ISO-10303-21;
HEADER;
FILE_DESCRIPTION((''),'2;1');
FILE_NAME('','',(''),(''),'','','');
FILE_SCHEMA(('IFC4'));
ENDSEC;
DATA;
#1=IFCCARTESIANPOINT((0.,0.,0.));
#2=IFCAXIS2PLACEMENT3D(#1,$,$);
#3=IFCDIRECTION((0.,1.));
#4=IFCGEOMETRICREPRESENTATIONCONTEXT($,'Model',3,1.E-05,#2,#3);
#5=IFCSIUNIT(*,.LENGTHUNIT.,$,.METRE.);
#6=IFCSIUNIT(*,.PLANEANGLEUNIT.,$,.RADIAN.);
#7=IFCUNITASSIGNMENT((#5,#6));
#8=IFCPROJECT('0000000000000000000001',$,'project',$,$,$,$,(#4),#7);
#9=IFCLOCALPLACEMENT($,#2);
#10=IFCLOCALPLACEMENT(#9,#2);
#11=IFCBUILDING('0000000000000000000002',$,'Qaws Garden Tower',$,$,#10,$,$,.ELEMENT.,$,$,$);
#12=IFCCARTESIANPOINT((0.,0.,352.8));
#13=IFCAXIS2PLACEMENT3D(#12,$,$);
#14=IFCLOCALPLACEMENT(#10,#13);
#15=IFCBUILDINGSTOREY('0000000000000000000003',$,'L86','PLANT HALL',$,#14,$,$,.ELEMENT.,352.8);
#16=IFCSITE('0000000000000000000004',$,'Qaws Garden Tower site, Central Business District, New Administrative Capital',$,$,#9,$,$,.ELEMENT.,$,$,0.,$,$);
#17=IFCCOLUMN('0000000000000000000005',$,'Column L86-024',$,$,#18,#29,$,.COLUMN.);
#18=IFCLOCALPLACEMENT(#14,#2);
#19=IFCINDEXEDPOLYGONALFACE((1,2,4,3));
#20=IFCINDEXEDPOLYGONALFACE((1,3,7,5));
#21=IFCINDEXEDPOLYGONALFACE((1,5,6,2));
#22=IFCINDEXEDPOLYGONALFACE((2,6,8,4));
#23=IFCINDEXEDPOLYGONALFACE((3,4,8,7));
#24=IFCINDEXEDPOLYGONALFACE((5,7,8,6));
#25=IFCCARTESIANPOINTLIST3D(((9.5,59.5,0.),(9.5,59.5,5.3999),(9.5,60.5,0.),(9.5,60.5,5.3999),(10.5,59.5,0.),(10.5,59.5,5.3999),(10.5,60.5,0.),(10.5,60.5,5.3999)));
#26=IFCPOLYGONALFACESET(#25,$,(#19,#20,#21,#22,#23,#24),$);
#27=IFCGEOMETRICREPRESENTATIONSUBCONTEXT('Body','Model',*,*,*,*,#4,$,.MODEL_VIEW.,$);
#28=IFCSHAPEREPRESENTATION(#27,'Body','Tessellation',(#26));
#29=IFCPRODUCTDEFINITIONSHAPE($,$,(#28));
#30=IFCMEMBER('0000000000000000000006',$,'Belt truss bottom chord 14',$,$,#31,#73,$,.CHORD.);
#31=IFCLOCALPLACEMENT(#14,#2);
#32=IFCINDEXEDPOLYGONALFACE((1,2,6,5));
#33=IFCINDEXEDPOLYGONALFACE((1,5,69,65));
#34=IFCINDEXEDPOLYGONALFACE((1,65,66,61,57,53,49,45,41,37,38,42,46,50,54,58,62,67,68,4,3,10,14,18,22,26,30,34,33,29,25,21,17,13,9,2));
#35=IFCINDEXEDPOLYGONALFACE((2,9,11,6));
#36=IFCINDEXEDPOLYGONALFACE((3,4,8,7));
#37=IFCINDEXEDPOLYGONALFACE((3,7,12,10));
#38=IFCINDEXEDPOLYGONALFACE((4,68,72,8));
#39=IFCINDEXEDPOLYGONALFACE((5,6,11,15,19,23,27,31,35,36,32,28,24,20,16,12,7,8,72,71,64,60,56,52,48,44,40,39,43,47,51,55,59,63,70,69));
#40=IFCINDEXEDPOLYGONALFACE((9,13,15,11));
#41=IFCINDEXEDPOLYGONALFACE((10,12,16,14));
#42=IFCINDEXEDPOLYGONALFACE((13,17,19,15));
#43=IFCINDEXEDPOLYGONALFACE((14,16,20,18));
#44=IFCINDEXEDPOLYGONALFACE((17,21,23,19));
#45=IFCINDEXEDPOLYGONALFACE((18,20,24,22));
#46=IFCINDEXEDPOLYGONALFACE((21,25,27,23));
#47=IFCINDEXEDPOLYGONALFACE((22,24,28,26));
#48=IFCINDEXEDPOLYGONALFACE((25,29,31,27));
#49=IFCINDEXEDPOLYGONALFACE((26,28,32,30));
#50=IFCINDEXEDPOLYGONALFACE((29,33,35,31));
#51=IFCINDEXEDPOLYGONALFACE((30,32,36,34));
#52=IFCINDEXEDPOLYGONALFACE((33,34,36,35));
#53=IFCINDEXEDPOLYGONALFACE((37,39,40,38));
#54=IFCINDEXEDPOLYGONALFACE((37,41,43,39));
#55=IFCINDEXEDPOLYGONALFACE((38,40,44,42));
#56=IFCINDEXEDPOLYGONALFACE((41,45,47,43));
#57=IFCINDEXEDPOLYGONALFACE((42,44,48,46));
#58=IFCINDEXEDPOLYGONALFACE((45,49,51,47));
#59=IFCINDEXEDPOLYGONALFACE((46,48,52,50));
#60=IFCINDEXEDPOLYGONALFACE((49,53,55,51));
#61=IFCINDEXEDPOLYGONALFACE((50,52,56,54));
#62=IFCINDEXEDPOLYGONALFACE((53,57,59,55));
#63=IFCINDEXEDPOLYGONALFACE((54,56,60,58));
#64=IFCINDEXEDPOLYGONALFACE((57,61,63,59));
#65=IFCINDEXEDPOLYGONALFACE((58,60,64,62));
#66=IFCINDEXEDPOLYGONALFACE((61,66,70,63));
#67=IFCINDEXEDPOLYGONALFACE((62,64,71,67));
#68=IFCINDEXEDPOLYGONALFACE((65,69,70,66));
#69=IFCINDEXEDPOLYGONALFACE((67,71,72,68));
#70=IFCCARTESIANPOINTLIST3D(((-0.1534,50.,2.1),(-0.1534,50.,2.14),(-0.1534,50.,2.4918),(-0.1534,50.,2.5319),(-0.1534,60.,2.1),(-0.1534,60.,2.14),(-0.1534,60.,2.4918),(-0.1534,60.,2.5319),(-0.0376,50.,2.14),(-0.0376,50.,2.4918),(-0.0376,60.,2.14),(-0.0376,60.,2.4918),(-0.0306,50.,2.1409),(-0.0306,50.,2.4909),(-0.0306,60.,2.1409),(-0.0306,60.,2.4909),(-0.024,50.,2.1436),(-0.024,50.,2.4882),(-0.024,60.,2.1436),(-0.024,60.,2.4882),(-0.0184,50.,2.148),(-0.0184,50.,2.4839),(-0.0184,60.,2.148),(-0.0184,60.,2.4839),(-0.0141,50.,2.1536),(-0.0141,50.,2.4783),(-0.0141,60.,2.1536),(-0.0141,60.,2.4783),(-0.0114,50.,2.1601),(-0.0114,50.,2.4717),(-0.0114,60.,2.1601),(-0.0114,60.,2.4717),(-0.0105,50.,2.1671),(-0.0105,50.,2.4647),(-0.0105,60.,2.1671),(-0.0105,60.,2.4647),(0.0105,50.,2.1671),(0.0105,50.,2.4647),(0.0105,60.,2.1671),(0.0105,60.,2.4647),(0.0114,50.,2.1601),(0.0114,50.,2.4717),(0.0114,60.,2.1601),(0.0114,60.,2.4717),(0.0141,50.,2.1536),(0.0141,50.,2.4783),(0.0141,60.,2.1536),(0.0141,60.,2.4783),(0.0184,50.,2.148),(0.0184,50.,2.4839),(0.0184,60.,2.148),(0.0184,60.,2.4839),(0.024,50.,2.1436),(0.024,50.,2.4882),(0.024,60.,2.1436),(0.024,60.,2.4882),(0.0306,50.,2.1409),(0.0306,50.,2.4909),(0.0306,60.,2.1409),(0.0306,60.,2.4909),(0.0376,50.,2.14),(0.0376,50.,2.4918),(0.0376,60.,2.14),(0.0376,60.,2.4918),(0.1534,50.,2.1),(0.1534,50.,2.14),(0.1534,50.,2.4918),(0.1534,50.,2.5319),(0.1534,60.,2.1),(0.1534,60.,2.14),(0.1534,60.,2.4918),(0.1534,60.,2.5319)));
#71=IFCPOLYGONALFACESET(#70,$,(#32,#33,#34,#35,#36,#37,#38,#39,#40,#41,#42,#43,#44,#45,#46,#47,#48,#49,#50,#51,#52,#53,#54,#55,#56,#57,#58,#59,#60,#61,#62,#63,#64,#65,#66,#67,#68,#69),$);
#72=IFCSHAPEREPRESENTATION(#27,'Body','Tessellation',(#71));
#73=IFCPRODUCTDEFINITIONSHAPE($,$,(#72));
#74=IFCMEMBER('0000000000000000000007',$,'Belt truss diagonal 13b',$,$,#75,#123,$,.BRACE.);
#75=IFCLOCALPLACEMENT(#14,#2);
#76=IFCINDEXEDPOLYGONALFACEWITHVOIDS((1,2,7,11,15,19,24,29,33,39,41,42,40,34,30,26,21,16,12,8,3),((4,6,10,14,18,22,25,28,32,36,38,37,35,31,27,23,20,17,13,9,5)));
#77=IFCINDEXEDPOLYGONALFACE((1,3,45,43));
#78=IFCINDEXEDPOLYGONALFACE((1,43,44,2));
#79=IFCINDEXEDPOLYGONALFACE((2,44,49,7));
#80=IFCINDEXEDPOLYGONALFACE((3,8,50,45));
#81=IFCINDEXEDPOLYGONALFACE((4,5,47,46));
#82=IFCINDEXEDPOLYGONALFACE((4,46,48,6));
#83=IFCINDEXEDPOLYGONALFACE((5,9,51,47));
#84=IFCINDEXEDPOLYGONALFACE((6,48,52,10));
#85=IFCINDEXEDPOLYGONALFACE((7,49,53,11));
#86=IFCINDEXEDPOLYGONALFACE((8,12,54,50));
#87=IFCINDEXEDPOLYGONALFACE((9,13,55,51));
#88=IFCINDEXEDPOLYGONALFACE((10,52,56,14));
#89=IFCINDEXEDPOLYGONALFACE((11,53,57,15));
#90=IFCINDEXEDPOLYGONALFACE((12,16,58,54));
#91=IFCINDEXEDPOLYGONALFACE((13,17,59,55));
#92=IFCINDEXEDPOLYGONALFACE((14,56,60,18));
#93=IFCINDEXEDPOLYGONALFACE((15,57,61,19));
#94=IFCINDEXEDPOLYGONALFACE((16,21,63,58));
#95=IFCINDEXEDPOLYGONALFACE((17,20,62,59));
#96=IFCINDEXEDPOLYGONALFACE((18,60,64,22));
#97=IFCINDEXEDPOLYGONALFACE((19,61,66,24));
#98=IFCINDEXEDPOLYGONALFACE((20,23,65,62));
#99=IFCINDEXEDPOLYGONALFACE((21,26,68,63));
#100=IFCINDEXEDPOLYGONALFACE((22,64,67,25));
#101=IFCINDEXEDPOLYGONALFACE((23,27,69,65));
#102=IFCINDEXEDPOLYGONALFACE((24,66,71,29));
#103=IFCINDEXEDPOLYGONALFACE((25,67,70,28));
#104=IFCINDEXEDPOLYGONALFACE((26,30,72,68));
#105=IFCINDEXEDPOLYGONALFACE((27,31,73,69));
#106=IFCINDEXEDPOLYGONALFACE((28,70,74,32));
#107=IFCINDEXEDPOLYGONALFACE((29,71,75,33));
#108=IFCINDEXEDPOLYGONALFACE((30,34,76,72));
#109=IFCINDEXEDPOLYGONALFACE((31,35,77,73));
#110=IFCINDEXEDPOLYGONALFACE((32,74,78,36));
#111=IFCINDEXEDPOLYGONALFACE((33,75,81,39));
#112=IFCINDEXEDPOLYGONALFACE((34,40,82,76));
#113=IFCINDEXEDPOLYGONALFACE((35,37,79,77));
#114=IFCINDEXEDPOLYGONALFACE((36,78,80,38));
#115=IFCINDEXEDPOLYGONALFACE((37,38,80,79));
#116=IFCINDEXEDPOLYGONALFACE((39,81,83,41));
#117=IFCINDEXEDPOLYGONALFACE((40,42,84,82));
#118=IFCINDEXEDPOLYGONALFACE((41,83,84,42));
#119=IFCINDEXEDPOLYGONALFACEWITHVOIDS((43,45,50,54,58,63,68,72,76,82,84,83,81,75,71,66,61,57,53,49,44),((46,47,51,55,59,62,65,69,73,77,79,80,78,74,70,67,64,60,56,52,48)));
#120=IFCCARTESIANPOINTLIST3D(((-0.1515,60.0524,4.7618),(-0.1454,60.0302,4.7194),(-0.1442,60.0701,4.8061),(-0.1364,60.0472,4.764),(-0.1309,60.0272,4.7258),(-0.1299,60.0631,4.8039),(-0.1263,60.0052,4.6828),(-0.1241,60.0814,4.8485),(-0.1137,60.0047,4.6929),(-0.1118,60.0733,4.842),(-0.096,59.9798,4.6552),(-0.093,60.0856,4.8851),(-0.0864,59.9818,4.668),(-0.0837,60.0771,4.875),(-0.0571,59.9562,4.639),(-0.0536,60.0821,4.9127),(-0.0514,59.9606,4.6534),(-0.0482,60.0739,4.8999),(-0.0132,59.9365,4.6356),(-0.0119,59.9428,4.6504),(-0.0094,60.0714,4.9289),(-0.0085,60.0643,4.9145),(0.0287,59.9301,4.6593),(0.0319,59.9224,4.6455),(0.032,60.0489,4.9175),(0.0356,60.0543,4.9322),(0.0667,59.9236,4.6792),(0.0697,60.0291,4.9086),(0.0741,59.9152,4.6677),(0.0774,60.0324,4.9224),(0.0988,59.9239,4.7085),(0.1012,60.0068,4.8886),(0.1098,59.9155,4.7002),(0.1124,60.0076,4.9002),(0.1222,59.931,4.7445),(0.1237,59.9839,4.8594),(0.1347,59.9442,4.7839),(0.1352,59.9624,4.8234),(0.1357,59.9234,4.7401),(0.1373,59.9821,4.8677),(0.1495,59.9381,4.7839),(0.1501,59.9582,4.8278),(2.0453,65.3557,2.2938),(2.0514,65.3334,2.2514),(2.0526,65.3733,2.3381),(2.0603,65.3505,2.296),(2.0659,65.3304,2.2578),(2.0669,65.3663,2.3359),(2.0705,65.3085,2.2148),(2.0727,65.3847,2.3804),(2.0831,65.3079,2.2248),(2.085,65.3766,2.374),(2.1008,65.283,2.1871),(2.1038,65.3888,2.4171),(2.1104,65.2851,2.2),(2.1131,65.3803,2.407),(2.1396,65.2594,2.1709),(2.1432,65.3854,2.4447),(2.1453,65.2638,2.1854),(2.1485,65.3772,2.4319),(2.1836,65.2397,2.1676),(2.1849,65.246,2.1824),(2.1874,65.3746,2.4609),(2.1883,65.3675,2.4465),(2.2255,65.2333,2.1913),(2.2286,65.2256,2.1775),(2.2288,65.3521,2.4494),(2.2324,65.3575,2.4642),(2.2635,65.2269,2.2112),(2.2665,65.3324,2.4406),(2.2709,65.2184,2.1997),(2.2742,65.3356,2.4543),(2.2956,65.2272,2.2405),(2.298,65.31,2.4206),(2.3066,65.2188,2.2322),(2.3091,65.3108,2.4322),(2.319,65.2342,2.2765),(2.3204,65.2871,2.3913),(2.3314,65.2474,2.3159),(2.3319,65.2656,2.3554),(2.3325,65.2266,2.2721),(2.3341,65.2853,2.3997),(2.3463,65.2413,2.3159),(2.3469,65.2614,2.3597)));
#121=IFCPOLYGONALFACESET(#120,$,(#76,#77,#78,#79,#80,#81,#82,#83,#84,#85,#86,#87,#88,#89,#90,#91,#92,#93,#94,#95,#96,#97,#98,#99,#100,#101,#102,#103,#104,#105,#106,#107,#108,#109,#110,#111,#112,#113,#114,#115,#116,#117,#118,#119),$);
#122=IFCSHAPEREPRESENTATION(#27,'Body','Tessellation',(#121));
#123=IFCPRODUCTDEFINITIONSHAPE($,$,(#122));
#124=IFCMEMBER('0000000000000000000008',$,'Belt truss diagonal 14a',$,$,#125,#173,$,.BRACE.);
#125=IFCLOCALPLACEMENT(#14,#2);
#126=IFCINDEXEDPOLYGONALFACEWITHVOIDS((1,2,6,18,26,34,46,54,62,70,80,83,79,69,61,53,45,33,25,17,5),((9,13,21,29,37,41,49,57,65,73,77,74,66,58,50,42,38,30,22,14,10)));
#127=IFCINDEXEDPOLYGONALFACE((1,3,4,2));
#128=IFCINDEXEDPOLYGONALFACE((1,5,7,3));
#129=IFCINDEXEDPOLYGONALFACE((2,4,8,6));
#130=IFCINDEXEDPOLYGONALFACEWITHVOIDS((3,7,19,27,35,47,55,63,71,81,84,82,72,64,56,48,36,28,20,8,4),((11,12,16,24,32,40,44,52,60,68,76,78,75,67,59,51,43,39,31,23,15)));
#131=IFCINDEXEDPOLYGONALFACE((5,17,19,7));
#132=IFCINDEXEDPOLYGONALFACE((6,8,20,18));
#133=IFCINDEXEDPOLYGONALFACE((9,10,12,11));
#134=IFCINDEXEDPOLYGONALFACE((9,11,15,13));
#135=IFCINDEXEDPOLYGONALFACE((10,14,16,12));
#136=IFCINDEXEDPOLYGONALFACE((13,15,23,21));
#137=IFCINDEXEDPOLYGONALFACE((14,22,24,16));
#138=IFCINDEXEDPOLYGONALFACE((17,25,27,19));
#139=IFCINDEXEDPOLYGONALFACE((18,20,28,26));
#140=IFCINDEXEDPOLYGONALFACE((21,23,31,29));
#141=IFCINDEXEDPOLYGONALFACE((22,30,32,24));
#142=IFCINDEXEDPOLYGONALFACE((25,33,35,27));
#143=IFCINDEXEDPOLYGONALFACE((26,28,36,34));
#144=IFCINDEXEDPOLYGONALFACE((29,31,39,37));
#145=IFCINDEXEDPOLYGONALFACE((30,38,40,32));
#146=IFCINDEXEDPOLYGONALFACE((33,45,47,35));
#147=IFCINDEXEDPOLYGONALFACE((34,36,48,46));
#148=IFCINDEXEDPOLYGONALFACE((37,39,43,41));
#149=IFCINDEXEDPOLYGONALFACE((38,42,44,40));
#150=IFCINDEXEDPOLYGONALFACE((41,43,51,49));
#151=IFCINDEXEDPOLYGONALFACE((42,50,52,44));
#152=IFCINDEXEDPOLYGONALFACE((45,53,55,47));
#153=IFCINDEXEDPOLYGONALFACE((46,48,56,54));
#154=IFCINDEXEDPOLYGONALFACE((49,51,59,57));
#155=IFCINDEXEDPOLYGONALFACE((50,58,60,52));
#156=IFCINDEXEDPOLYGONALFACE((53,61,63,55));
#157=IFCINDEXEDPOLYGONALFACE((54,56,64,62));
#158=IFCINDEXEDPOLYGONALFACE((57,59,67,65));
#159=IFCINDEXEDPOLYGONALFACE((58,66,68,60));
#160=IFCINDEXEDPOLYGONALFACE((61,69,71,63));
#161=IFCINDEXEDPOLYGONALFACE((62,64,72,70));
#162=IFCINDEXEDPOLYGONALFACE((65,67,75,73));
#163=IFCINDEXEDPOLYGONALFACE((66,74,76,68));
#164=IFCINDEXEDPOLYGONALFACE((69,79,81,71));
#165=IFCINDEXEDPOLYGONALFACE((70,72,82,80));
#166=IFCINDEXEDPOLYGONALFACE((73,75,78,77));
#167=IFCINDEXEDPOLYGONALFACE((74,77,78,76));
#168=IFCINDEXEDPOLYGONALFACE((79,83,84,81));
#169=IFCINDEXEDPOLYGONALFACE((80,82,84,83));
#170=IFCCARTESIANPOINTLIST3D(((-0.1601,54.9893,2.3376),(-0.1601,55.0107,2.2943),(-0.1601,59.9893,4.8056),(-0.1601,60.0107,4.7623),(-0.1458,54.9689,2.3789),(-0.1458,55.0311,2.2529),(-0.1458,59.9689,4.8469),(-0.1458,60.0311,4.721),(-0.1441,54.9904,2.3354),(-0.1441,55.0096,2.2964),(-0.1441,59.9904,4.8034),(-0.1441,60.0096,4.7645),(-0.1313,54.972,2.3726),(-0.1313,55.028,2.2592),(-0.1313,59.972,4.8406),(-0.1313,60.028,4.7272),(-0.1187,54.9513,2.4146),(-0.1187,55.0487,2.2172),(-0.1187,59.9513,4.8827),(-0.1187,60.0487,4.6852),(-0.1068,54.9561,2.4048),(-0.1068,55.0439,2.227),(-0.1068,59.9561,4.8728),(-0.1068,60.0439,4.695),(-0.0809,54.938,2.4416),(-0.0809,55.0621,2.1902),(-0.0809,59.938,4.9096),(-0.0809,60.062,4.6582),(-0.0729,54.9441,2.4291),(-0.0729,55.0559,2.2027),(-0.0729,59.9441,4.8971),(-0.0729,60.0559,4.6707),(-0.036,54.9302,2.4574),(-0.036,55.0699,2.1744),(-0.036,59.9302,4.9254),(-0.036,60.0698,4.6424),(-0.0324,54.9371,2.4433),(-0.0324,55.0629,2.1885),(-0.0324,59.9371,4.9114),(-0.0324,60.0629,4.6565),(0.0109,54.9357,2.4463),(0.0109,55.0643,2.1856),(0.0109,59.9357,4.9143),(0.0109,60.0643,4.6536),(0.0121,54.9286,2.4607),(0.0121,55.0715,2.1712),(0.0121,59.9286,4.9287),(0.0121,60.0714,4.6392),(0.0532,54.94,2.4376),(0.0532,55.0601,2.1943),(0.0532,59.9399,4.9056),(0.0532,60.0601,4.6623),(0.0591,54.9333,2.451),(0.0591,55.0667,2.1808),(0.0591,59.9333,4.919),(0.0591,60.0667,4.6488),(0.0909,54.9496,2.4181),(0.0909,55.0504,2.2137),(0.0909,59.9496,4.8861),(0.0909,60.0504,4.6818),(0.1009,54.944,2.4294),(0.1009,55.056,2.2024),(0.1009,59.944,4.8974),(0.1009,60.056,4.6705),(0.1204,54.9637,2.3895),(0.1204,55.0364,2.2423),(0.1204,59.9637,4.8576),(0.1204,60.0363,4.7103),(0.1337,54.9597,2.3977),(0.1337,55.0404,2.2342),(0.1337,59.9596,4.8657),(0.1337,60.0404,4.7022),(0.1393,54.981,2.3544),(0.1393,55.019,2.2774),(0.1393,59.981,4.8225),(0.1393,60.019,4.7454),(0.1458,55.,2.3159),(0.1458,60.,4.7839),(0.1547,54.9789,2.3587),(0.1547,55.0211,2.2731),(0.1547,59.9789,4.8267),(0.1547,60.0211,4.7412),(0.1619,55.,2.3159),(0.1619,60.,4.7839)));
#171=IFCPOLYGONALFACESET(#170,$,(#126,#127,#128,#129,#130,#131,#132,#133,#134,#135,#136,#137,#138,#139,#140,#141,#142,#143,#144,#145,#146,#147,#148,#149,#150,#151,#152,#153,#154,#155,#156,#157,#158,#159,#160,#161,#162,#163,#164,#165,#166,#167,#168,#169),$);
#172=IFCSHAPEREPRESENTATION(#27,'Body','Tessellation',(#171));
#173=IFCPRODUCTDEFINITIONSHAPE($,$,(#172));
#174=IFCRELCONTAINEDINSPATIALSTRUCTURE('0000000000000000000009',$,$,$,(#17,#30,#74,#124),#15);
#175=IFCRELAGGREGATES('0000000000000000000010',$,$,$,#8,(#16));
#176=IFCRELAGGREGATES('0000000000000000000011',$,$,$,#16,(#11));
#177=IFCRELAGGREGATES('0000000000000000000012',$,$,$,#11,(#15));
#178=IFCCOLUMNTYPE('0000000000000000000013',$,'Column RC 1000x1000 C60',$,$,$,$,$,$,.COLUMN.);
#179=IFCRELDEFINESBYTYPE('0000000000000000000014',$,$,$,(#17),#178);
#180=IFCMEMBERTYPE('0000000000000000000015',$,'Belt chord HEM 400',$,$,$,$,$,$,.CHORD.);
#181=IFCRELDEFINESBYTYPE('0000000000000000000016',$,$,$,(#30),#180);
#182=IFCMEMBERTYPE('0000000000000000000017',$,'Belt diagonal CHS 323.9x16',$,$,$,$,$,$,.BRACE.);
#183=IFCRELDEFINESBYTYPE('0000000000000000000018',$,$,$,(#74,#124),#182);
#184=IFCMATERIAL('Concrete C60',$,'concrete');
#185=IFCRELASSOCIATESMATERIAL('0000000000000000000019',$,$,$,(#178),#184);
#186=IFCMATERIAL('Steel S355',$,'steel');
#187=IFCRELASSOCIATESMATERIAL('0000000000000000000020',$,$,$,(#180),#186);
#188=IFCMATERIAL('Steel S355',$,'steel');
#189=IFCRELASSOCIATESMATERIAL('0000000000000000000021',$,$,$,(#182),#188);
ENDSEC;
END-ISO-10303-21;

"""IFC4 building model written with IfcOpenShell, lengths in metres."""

from ifc_helpers import new_model, si_unit, direction, frame, origin, origin_2d, place, context, subcontext, project, spatial, rectangle, hollow_circle, i_section, extrude, material, material_profile, profile_set, type_object, element, save


model = new_model("IFC4")

# Units and contexts
model_context = context("Model", 3, precision=1e-05, world=origin(), true_north=direction((0.0, 1.0)))
body_context = subcontext(model_context, "Body", "Model", "MODEL_VIEW")
ifc_project = project(units=[si_unit("LENGTHUNIT", "METRE"), si_unit("PLANEANGLEUNIT", "RADIAN")], contexts=[model_context])

# Site, building, storey
site_placement = place(None, origin())
site = spatial("IfcSite", under=ifc_project, at=site_placement, Name="Qaws Garden Tower site, Central Business District, New Administrative Capital", CompositionType="ELEMENT", RefElevation=0.0)
building_placement = place(site_placement, origin())
building = spatial("IfcBuilding", under=site, at=building_placement, Name="Qaws Garden Tower", CompositionType="ELEMENT")
storey_placement = place(building_placement, frame((0.0, 0.0, 352.8)))
storey = spatial("IfcBuildingStorey", under=building, at=storey_placement, Name="L86", Description="PLANT HALL", CompositionType="ELEMENT", Elevation=352.8)

# Column
ifc_material_1 = material(Name="Concrete C60", Category="concrete")
ifc_material_profile_1 = material_profile(ifc_material_1, rectangle(XDim=1.0, YDim=1.0, at=origin_2d()), Name="RC 1000x1000")
ifc_profile_set_1 = profile_set([ifc_material_profile_1], Name="Concrete C60")
column_type = type_object("IfcColumnType", Name="Column RC 1000x1000 C60", PredefinedType="COLUMN", material=ifc_profile_set_1)
column_placement = place(storey_placement, frame((10.0, 60.0, 0.0), z_axis=(0.0, 0.0, 1.0), x_axis=(1.0, 0.0, 0.0)))
element("IfcColumn", 1, at=column_placement, inside=storey, type_object=column_type, Name="Column L86-024", PredefinedType="COLUMN", context=body_context, shape_type="SweptSolid", body=[
    extrude(rectangle(XDim=1.0, YDim=1.0, at=origin_2d()), origin(), (0.0, 0.0, 1.0), 5.3999),
])

# Members
ifc_material_2 = material(Name="Steel S355", Category="steel")
ifc_material_profile_2 = material_profile(ifc_material_2, i_section(OverallWidth=0.3069, OverallDepth=0.4319, WebThickness=0.021, FlangeThickness=0.04, FilletRadius=0.0271, at=origin_2d()), Name="HEM 400")
ifc_profile_set_2 = profile_set([ifc_material_profile_2], Name="Steel S355")
member_type_1 = type_object("IfcMemberType", Name="Belt chord HEM 400", PredefinedType="CHORD", material=ifc_profile_set_2)
member_1_placement = place(storey_placement, frame((0.0, 60.0, 2.3159), z_axis=(0.0, -1.0, 0.0), x_axis=(1.0, 0.0, 0.0)))
element("IfcMember", 2, at=member_1_placement, inside=storey, type_object=member_type_1, Name="Belt truss bottom chord 14", PredefinedType="CHORD", context=body_context, shape_type="SweptSolid", body=[
    extrude(i_section(OverallWidth=0.3069, OverallDepth=0.4319, WebThickness=0.021, FlangeThickness=0.04, FilletRadius=0.0271, at=origin_2d()), origin(), (0.0, 0.0, 1.0), 10.0),
])
ifc_material_3 = material(Name="Steel S355", Category="steel")
ifc_material_profile_3 = material_profile(ifc_material_3, hollow_circle(Radius=0.1619, WallThickness=0.0161, at=origin_2d()), Name="CHS 323.9x16")
ifc_profile_set_3 = profile_set([ifc_material_profile_3], Name="Steel S355")
member_type_2 = type_object("IfcMemberType", Name="Belt diagonal CHS 323.9x16", PredefinedType="BRACE", material=ifc_profile_set_3)
member_2_placement = place(storey_placement, frame((2.1968, 65.3032, 2.3159), z_axis=(-0.351581, -0.848748, 0.394991), x_axis=(0.923873, -0.3827, 0.0)))
element("IfcMember", 3, at=member_2_placement, inside=storey, type_object=member_type_2, Name="Belt truss diagonal 13b", PredefinedType="BRACE", context=body_context, shape_type="SweptSolid", body=[
    extrude(hollow_circle(Radius=0.1619, WallThickness=0.0161, at=origin_2d()), origin(), (0.0, 0.0, 1.0), 6.2483),
])
member_3_placement = place(storey_placement, frame((0.0, 60.0, 4.7839), z_axis=(0.0, -0.89671, -0.442619), x_axis=(1.0, 0.0, 0.0)))
element("IfcMember", 4, at=member_3_placement, inside=storey, type_object=member_type_2, Name="Belt truss diagonal 14a", PredefinedType="BRACE", context=body_context, shape_type="SweptSolid", body=[
    extrude(hollow_circle(Radius=0.1619, WallThickness=0.0161, at=origin_2d()), origin(), (0.0, 0.0, 1.0), 5.5759),
])

save(model, "model.ifc")
